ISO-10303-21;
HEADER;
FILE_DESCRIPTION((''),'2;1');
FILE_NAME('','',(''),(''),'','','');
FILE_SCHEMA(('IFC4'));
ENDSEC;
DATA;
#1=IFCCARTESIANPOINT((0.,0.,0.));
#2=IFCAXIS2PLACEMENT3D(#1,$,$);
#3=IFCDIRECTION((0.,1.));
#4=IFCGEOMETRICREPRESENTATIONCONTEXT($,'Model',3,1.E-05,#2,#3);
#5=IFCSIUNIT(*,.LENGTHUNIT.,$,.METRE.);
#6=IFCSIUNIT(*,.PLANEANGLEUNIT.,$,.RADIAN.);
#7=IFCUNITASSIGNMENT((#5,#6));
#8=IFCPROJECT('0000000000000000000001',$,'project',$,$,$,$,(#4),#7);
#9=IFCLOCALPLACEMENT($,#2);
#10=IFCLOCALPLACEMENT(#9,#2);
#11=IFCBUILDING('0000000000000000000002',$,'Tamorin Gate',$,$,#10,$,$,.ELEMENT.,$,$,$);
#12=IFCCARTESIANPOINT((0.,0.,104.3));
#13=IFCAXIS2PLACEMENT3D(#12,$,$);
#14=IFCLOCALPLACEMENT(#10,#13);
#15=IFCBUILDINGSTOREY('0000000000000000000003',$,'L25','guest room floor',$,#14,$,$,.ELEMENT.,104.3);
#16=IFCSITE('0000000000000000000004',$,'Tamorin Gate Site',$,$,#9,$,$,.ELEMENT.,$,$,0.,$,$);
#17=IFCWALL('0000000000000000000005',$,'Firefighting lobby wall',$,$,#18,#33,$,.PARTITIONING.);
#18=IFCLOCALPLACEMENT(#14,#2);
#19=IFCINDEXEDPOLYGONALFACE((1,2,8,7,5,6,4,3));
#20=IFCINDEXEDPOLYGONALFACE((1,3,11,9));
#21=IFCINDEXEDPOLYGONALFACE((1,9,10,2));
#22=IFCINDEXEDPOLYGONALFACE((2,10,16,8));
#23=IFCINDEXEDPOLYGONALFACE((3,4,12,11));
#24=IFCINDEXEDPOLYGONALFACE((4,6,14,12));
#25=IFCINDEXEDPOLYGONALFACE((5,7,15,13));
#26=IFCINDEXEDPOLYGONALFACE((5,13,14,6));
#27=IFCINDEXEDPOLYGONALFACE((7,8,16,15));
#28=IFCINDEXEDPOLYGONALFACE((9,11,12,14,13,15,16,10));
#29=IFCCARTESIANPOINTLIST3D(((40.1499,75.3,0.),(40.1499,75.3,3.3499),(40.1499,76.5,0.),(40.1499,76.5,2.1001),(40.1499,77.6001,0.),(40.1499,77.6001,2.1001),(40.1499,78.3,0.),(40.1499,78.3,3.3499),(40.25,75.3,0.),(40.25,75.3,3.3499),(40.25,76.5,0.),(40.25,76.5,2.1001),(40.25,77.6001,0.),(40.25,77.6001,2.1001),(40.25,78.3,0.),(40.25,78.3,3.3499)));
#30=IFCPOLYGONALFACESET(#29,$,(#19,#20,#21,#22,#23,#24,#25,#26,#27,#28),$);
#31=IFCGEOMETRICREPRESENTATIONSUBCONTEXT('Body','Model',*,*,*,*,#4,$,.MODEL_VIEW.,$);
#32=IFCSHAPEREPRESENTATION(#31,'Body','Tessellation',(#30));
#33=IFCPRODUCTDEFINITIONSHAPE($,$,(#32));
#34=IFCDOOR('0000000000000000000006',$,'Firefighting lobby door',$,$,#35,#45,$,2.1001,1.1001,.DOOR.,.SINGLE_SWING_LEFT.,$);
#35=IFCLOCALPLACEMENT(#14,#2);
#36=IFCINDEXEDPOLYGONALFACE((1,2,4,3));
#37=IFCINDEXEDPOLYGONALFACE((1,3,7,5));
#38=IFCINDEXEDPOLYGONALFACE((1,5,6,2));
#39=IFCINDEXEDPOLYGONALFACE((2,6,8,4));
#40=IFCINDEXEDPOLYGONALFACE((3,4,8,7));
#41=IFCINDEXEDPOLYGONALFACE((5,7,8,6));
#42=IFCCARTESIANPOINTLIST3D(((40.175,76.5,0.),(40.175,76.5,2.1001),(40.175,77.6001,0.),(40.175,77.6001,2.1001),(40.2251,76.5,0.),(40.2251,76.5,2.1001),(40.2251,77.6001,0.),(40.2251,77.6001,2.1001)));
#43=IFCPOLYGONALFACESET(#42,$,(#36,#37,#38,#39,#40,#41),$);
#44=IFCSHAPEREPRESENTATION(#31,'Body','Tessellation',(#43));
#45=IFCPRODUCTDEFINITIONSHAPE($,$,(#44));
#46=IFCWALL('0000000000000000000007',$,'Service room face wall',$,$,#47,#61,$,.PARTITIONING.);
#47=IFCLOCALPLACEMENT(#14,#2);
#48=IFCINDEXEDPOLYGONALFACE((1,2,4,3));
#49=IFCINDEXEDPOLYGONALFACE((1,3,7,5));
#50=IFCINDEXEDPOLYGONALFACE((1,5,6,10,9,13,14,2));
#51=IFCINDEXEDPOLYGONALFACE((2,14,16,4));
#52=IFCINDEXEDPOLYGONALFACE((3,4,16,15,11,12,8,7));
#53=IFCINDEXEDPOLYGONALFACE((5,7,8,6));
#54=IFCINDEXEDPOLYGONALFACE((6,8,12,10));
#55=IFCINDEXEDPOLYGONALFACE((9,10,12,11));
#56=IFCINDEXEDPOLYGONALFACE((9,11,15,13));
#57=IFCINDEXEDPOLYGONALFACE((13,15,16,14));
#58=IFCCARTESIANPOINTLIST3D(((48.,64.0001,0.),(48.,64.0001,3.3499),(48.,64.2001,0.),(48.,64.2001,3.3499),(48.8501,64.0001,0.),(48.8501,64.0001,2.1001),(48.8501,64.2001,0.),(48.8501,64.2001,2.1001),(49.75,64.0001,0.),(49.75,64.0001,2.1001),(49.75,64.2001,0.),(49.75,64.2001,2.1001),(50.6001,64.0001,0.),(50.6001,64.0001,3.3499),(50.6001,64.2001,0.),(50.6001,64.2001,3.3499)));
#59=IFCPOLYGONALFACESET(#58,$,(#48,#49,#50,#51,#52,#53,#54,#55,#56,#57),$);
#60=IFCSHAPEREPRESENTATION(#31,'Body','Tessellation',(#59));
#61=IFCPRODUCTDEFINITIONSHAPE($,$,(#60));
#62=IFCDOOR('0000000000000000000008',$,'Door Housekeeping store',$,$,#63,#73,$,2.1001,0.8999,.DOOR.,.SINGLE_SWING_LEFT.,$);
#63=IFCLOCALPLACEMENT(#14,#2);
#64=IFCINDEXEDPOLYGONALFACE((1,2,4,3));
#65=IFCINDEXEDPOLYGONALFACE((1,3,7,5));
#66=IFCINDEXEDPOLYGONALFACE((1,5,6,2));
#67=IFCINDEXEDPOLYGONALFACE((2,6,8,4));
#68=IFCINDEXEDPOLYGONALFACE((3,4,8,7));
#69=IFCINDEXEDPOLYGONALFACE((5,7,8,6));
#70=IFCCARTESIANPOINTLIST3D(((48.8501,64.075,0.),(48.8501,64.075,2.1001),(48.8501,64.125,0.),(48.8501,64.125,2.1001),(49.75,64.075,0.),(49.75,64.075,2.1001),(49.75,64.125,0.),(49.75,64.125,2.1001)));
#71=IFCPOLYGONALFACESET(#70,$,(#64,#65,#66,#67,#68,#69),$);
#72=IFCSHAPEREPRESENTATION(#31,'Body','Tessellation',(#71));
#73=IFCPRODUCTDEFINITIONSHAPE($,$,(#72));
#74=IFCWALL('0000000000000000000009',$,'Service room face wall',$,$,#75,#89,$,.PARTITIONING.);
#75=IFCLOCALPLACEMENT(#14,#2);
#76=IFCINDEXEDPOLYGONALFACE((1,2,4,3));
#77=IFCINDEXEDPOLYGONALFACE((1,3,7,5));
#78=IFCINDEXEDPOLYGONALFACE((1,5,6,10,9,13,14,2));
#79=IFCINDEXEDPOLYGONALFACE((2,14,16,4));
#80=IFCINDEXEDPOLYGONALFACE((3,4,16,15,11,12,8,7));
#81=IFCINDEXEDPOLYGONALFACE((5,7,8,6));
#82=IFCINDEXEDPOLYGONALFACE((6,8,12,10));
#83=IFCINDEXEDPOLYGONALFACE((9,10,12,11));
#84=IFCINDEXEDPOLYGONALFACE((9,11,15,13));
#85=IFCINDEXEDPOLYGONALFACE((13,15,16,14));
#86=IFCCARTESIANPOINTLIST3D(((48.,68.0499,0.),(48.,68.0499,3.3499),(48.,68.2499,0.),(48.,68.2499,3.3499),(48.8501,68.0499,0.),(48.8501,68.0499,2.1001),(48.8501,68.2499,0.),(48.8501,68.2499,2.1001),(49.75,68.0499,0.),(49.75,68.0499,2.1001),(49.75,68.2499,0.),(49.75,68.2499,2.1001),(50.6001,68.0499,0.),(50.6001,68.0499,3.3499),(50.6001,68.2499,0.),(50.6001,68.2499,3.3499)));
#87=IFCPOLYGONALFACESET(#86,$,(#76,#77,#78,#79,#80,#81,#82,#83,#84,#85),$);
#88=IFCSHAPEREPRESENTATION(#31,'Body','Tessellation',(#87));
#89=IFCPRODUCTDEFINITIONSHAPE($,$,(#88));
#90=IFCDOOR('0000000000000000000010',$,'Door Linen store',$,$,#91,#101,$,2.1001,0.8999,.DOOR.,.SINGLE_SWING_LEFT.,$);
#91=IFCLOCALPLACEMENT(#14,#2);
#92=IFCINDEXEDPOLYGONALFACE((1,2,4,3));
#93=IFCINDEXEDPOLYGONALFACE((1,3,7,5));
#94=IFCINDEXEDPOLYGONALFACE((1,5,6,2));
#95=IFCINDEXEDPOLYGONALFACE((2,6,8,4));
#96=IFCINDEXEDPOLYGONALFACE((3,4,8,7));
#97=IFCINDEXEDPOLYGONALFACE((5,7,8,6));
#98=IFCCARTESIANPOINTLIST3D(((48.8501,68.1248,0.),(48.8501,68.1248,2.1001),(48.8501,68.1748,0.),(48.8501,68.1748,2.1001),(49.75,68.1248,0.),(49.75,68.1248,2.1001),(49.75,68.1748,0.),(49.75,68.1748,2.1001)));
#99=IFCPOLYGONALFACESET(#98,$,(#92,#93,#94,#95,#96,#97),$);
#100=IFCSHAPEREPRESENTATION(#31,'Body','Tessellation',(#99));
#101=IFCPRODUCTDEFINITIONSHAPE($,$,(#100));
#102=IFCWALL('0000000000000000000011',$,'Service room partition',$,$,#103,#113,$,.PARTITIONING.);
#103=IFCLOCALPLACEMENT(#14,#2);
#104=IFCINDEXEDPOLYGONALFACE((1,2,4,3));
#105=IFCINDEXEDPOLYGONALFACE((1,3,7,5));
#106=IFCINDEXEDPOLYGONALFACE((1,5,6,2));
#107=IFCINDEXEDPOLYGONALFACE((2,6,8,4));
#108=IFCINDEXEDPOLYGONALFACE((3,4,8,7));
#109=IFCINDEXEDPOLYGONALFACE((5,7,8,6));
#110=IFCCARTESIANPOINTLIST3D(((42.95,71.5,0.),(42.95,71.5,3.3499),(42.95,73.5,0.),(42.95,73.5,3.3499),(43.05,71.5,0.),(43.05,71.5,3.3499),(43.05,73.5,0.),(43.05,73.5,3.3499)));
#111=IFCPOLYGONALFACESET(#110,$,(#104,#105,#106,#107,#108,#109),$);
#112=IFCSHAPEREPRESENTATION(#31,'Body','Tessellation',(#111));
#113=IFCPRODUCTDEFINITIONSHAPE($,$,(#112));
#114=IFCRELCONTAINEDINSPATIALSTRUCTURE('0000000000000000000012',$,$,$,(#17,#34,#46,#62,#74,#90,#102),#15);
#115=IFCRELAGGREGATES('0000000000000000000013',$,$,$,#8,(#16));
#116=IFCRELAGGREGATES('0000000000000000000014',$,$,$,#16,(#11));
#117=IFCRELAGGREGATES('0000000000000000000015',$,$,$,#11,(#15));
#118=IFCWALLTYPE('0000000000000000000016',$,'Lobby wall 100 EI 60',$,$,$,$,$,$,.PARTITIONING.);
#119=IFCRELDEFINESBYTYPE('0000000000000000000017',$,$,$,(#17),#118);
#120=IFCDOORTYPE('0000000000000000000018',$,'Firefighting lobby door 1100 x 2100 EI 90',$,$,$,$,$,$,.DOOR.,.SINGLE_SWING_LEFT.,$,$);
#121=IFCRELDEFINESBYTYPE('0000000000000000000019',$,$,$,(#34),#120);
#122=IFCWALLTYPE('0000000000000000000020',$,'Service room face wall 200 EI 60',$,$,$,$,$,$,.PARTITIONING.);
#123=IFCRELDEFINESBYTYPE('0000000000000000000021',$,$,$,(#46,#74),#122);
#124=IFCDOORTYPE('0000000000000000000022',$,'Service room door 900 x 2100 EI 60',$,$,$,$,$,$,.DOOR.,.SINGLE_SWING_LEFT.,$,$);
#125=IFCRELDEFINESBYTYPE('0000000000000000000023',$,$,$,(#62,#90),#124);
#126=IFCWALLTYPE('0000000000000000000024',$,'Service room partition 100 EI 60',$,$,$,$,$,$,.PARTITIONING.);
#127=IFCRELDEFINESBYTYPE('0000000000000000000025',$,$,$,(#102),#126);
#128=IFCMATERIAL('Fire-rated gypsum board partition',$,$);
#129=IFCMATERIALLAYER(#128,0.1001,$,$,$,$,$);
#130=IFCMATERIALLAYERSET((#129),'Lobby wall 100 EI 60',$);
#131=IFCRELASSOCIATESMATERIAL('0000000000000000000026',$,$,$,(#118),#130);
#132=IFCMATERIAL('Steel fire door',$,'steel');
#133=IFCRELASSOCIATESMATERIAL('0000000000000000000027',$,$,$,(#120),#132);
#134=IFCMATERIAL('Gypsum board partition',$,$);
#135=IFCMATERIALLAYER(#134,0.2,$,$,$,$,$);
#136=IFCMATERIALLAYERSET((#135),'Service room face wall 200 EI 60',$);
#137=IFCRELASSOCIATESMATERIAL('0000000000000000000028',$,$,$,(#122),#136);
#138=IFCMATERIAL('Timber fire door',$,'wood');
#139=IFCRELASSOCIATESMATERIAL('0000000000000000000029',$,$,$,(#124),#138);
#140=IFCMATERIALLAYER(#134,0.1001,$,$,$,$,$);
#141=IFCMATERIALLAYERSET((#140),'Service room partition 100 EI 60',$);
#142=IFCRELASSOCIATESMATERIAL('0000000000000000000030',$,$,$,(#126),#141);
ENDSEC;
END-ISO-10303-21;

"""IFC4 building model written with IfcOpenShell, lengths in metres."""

from ifc_helpers import new_model, si_unit, direction, frame, frame_2d, origin, place, context, subcontext, project, spatial, rectangle, extrude, material, layer, layer_set, type_object, element, fill, save


model = new_model("IFC4")

# Units and contexts
model_context = context("Model", 3, precision=1e-05, world=origin(), true_north=direction((0.0, 1.0)))
body_context = subcontext(model_context, "Body", "Model", "MODEL_VIEW")
ifc_project = project(units=[si_unit("LENGTHUNIT", "METRE"), si_unit("PLANEANGLEUNIT", "RADIAN")], contexts=[model_context])

# Site, building, storey
site_placement = place(None, origin())
site = spatial("IfcSite", under=ifc_project, at=site_placement, Name="Tamorin Gate Site", CompositionType="ELEMENT", RefElevation=0.0)
building_placement = place(site_placement, origin())
building = spatial("IfcBuilding", under=site, at=building_placement, Name="Tamorin Gate", CompositionType="ELEMENT")
storey_placement = place(building_placement, frame((0.0, 0.0, 104.3)))
storey = spatial("IfcBuildingStorey", under=building, at=storey_placement, Name="L25", Description="guest room floor", CompositionType="ELEMENT", Elevation=104.3)

# Shared definitions
ifc_material_1 = material(Name="Fire-rated gypsum board partition")
ifc_layer_1 = layer(ifc_material_1, 0.1001)
ifc_layer_set_1 = layer_set([ifc_layer_1], Name="Lobby wall 100 EI 60")
wall_type_1 = type_object("IfcWallType", Name="Lobby wall 100 EI 60", PredefinedType="PARTITIONING", material=ifc_layer_set_1)

# Walls, openings, doors
wall_1_placement = place(storey_placement, frame((40.2, 75.3, 0.0), z_axis=(0.0, 0.0, 1.0), x_axis=(0.0, 1.0, 0.0)))
wall_1 = element("IfcWall", 1, at=wall_1_placement, inside=storey, type_object=wall_type_1, Name="Firefighting lobby wall", PredefinedType="PARTITIONING", context=body_context, shape_type="SweptSolid", body=[
    extrude(rectangle(XDim=3.0, YDim=0.1001, at=frame_2d((1.5, 0.0))), origin(), (0.0, 0.0, 1.0), 3.3499),
])
opening_1_placement = place(wall_1_placement, frame((1.2, 0.0, 0.0)))
opening_1 = element("IfcOpeningElement", 2, at=opening_1_placement, cuts=wall_1, PredefinedType="OPENING", context=body_context, shape_type="SweptSolid", body=[
    extrude(rectangle(XDim=1.1001, YDim=2.1001, at=frame_2d((0.55, 1.05))), frame((0.0, 0.0601, 0.0), z_axis=(0.0, -1.0, 0.0), x_axis=(1.0, 0.0, 0.0)), (0.0, 0.0, 1.0), 0.1201),
])
ifc_material_2 = material(Name="Steel fire door", Category="steel")
door_type_1 = type_object("IfcDoorType", Name="Firefighting lobby door 1100 x 2100 EI 90", OperationType="SINGLE_SWING_LEFT", PredefinedType="DOOR", material=ifc_material_2)
door_1_placement = place(opening_1_placement, origin())
door_1 = element("IfcDoor", 3, at=door_1_placement, inside=storey, type_object=door_type_1, Name="Firefighting lobby door", OperationType="SINGLE_SWING_LEFT", OverallHeight=2.1001, OverallWidth=1.1001, PredefinedType="DOOR", context=body_context, shape_type="SweptSolid", body=[
    extrude(rectangle(XDim=1.1001, YDim=2.1001, at=frame_2d((0.55, 1.05))), frame((0.0, 0.0249, 0.0), z_axis=(0.0, -1.0, 0.0), x_axis=(1.0, 0.0, 0.0)), (0.0, 0.0, 1.0), 0.05),
])
fill(opening_1, door_1)
ifc_material_3 = material(Name="Gypsum board partition")
ifc_layer_2 = layer(ifc_material_3, 0.2)
ifc_layer_set_2 = layer_set([ifc_layer_2], Name="Service room face wall 200 EI 60")
wall_type_2 = type_object("IfcWallType", Name="Service room face wall 200 EI 60", PredefinedType="PARTITIONING", material=ifc_layer_set_2)
wall_2_placement = place(storey_placement, frame((48.0, 64.1001, 0.0), z_axis=(0.0, 0.0, 1.0), x_axis=(1.0, 0.0, 0.0)))
wall_2 = element("IfcWall", 4, at=wall_2_placement, inside=storey, type_object=wall_type_2, Name="Service room face wall", PredefinedType="PARTITIONING", context=body_context, shape_type="SweptSolid", body=[
    extrude(rectangle(XDim=2.6001, YDim=0.2, at=frame_2d((1.3, 0.0))), origin(), (0.0, 0.0, 1.0), 3.3499),
])
opening_2_placement = place(wall_2_placement, frame((0.8501, 0.0, 0.0)))
opening_2 = element("IfcOpeningElement", 5, at=opening_2_placement, cuts=wall_2, PredefinedType="OPENING", context=body_context, shape_type="SweptSolid", body=[
    extrude(rectangle(XDim=0.8999, YDim=2.1001, at=frame_2d((0.45, 1.05))), frame((0.0, 0.1099, 0.0), z_axis=(0.0, -1.0, 0.0), x_axis=(1.0, 0.0, 0.0)), (0.0, 0.0, 1.0), 0.22),
])
ifc_material_4 = material(Name="Timber fire door", Category="wood")
door_type_2 = type_object("IfcDoorType", Name="Service room door 900 x 2100 EI 60", OperationType="SINGLE_SWING_LEFT", PredefinedType="DOOR", material=ifc_material_4)
door_2_placement = place(opening_2_placement, origin())
door_2 = element("IfcDoor", 6, at=door_2_placement, inside=storey, type_object=door_type_2, Name="Door Housekeeping store", OperationType="SINGLE_SWING_LEFT", OverallHeight=2.1001, OverallWidth=0.8999, PredefinedType="DOOR", context=body_context, shape_type="SweptSolid", body=[
    extrude(rectangle(XDim=0.8999, YDim=2.1001, at=frame_2d((0.45, 1.05))), frame((0.0, 0.0249, 0.0), z_axis=(0.0, -1.0, 0.0), x_axis=(1.0, 0.0, 0.0)), (0.0, 0.0, 1.0), 0.05),
])
fill(opening_2, door_2)
wall_3_placement = place(storey_placement, frame((48.0, 68.1499, 0.0), z_axis=(0.0, 0.0, 1.0), x_axis=(1.0, 0.0, 0.0)))
wall_3 = element("IfcWall", 7, at=wall_3_placement, inside=storey, type_object=wall_type_2, Name="Service room face wall", PredefinedType="PARTITIONING", context=body_context, shape_type="SweptSolid", body=[
    extrude(rectangle(XDim=2.6001, YDim=0.2, at=frame_2d((1.3, 0.0))), origin(), (0.0, 0.0, 1.0), 3.3499),
])
opening_3_placement = place(wall_3_placement, frame((0.8501, 0.0, 0.0)))
opening_3 = element("IfcOpeningElement", 8, at=opening_3_placement, cuts=wall_3, PredefinedType="OPENING", context=body_context, shape_type="SweptSolid", body=[
    extrude(rectangle(XDim=0.8999, YDim=2.1001, at=frame_2d((0.45, 1.05))), frame((0.0, 0.1099, 0.0), z_axis=(0.0, -1.0, 0.0), x_axis=(1.0, 0.0, 0.0)), (0.0, 0.0, 1.0), 0.22),
])
door_3_placement = place(opening_3_placement, origin())
door_3 = element("IfcDoor", 9, at=door_3_placement, inside=storey, type_object=door_type_2, Name="Door Linen store", OperationType="SINGLE_SWING_LEFT", OverallHeight=2.1001, OverallWidth=0.8999, PredefinedType="DOOR", context=body_context, shape_type="SweptSolid", body=[
    extrude(rectangle(XDim=0.8999, YDim=2.1001, at=frame_2d((0.45, 1.05))), frame((0.0, 0.0249, 0.0), z_axis=(0.0, -1.0, 0.0), x_axis=(1.0, 0.0, 0.0)), (0.0, 0.0, 1.0), 0.05),
])
fill(opening_3, door_3)

# Wall
ifc_layer_3 = layer(ifc_material_3, 0.1001)
ifc_layer_set_3 = layer_set([ifc_layer_3], Name="Service room partition 100 EI 60")
wall_type_3 = type_object("IfcWallType", Name="Service room partition 100 EI 60", PredefinedType="PARTITIONING", material=ifc_layer_set_3)
wall_4_placement = place(storey_placement, frame((43.0, 71.5, 0.0), z_axis=(0.0, 0.0, 1.0), x_axis=(0.0, 1.0, 0.0)))
element("IfcWall", 10, at=wall_4_placement, inside=storey, type_object=wall_type_3, Name="Service room partition", PredefinedType="PARTITIONING", context=body_context, shape_type="SweptSolid", body=[
    extrude(rectangle(XDim=2.0, YDim=0.1001, at=frame_2d((1.0, 0.0))), origin(), (0.0, 0.0, 1.0), 3.3499),
])

save(model, "model.ifc")
